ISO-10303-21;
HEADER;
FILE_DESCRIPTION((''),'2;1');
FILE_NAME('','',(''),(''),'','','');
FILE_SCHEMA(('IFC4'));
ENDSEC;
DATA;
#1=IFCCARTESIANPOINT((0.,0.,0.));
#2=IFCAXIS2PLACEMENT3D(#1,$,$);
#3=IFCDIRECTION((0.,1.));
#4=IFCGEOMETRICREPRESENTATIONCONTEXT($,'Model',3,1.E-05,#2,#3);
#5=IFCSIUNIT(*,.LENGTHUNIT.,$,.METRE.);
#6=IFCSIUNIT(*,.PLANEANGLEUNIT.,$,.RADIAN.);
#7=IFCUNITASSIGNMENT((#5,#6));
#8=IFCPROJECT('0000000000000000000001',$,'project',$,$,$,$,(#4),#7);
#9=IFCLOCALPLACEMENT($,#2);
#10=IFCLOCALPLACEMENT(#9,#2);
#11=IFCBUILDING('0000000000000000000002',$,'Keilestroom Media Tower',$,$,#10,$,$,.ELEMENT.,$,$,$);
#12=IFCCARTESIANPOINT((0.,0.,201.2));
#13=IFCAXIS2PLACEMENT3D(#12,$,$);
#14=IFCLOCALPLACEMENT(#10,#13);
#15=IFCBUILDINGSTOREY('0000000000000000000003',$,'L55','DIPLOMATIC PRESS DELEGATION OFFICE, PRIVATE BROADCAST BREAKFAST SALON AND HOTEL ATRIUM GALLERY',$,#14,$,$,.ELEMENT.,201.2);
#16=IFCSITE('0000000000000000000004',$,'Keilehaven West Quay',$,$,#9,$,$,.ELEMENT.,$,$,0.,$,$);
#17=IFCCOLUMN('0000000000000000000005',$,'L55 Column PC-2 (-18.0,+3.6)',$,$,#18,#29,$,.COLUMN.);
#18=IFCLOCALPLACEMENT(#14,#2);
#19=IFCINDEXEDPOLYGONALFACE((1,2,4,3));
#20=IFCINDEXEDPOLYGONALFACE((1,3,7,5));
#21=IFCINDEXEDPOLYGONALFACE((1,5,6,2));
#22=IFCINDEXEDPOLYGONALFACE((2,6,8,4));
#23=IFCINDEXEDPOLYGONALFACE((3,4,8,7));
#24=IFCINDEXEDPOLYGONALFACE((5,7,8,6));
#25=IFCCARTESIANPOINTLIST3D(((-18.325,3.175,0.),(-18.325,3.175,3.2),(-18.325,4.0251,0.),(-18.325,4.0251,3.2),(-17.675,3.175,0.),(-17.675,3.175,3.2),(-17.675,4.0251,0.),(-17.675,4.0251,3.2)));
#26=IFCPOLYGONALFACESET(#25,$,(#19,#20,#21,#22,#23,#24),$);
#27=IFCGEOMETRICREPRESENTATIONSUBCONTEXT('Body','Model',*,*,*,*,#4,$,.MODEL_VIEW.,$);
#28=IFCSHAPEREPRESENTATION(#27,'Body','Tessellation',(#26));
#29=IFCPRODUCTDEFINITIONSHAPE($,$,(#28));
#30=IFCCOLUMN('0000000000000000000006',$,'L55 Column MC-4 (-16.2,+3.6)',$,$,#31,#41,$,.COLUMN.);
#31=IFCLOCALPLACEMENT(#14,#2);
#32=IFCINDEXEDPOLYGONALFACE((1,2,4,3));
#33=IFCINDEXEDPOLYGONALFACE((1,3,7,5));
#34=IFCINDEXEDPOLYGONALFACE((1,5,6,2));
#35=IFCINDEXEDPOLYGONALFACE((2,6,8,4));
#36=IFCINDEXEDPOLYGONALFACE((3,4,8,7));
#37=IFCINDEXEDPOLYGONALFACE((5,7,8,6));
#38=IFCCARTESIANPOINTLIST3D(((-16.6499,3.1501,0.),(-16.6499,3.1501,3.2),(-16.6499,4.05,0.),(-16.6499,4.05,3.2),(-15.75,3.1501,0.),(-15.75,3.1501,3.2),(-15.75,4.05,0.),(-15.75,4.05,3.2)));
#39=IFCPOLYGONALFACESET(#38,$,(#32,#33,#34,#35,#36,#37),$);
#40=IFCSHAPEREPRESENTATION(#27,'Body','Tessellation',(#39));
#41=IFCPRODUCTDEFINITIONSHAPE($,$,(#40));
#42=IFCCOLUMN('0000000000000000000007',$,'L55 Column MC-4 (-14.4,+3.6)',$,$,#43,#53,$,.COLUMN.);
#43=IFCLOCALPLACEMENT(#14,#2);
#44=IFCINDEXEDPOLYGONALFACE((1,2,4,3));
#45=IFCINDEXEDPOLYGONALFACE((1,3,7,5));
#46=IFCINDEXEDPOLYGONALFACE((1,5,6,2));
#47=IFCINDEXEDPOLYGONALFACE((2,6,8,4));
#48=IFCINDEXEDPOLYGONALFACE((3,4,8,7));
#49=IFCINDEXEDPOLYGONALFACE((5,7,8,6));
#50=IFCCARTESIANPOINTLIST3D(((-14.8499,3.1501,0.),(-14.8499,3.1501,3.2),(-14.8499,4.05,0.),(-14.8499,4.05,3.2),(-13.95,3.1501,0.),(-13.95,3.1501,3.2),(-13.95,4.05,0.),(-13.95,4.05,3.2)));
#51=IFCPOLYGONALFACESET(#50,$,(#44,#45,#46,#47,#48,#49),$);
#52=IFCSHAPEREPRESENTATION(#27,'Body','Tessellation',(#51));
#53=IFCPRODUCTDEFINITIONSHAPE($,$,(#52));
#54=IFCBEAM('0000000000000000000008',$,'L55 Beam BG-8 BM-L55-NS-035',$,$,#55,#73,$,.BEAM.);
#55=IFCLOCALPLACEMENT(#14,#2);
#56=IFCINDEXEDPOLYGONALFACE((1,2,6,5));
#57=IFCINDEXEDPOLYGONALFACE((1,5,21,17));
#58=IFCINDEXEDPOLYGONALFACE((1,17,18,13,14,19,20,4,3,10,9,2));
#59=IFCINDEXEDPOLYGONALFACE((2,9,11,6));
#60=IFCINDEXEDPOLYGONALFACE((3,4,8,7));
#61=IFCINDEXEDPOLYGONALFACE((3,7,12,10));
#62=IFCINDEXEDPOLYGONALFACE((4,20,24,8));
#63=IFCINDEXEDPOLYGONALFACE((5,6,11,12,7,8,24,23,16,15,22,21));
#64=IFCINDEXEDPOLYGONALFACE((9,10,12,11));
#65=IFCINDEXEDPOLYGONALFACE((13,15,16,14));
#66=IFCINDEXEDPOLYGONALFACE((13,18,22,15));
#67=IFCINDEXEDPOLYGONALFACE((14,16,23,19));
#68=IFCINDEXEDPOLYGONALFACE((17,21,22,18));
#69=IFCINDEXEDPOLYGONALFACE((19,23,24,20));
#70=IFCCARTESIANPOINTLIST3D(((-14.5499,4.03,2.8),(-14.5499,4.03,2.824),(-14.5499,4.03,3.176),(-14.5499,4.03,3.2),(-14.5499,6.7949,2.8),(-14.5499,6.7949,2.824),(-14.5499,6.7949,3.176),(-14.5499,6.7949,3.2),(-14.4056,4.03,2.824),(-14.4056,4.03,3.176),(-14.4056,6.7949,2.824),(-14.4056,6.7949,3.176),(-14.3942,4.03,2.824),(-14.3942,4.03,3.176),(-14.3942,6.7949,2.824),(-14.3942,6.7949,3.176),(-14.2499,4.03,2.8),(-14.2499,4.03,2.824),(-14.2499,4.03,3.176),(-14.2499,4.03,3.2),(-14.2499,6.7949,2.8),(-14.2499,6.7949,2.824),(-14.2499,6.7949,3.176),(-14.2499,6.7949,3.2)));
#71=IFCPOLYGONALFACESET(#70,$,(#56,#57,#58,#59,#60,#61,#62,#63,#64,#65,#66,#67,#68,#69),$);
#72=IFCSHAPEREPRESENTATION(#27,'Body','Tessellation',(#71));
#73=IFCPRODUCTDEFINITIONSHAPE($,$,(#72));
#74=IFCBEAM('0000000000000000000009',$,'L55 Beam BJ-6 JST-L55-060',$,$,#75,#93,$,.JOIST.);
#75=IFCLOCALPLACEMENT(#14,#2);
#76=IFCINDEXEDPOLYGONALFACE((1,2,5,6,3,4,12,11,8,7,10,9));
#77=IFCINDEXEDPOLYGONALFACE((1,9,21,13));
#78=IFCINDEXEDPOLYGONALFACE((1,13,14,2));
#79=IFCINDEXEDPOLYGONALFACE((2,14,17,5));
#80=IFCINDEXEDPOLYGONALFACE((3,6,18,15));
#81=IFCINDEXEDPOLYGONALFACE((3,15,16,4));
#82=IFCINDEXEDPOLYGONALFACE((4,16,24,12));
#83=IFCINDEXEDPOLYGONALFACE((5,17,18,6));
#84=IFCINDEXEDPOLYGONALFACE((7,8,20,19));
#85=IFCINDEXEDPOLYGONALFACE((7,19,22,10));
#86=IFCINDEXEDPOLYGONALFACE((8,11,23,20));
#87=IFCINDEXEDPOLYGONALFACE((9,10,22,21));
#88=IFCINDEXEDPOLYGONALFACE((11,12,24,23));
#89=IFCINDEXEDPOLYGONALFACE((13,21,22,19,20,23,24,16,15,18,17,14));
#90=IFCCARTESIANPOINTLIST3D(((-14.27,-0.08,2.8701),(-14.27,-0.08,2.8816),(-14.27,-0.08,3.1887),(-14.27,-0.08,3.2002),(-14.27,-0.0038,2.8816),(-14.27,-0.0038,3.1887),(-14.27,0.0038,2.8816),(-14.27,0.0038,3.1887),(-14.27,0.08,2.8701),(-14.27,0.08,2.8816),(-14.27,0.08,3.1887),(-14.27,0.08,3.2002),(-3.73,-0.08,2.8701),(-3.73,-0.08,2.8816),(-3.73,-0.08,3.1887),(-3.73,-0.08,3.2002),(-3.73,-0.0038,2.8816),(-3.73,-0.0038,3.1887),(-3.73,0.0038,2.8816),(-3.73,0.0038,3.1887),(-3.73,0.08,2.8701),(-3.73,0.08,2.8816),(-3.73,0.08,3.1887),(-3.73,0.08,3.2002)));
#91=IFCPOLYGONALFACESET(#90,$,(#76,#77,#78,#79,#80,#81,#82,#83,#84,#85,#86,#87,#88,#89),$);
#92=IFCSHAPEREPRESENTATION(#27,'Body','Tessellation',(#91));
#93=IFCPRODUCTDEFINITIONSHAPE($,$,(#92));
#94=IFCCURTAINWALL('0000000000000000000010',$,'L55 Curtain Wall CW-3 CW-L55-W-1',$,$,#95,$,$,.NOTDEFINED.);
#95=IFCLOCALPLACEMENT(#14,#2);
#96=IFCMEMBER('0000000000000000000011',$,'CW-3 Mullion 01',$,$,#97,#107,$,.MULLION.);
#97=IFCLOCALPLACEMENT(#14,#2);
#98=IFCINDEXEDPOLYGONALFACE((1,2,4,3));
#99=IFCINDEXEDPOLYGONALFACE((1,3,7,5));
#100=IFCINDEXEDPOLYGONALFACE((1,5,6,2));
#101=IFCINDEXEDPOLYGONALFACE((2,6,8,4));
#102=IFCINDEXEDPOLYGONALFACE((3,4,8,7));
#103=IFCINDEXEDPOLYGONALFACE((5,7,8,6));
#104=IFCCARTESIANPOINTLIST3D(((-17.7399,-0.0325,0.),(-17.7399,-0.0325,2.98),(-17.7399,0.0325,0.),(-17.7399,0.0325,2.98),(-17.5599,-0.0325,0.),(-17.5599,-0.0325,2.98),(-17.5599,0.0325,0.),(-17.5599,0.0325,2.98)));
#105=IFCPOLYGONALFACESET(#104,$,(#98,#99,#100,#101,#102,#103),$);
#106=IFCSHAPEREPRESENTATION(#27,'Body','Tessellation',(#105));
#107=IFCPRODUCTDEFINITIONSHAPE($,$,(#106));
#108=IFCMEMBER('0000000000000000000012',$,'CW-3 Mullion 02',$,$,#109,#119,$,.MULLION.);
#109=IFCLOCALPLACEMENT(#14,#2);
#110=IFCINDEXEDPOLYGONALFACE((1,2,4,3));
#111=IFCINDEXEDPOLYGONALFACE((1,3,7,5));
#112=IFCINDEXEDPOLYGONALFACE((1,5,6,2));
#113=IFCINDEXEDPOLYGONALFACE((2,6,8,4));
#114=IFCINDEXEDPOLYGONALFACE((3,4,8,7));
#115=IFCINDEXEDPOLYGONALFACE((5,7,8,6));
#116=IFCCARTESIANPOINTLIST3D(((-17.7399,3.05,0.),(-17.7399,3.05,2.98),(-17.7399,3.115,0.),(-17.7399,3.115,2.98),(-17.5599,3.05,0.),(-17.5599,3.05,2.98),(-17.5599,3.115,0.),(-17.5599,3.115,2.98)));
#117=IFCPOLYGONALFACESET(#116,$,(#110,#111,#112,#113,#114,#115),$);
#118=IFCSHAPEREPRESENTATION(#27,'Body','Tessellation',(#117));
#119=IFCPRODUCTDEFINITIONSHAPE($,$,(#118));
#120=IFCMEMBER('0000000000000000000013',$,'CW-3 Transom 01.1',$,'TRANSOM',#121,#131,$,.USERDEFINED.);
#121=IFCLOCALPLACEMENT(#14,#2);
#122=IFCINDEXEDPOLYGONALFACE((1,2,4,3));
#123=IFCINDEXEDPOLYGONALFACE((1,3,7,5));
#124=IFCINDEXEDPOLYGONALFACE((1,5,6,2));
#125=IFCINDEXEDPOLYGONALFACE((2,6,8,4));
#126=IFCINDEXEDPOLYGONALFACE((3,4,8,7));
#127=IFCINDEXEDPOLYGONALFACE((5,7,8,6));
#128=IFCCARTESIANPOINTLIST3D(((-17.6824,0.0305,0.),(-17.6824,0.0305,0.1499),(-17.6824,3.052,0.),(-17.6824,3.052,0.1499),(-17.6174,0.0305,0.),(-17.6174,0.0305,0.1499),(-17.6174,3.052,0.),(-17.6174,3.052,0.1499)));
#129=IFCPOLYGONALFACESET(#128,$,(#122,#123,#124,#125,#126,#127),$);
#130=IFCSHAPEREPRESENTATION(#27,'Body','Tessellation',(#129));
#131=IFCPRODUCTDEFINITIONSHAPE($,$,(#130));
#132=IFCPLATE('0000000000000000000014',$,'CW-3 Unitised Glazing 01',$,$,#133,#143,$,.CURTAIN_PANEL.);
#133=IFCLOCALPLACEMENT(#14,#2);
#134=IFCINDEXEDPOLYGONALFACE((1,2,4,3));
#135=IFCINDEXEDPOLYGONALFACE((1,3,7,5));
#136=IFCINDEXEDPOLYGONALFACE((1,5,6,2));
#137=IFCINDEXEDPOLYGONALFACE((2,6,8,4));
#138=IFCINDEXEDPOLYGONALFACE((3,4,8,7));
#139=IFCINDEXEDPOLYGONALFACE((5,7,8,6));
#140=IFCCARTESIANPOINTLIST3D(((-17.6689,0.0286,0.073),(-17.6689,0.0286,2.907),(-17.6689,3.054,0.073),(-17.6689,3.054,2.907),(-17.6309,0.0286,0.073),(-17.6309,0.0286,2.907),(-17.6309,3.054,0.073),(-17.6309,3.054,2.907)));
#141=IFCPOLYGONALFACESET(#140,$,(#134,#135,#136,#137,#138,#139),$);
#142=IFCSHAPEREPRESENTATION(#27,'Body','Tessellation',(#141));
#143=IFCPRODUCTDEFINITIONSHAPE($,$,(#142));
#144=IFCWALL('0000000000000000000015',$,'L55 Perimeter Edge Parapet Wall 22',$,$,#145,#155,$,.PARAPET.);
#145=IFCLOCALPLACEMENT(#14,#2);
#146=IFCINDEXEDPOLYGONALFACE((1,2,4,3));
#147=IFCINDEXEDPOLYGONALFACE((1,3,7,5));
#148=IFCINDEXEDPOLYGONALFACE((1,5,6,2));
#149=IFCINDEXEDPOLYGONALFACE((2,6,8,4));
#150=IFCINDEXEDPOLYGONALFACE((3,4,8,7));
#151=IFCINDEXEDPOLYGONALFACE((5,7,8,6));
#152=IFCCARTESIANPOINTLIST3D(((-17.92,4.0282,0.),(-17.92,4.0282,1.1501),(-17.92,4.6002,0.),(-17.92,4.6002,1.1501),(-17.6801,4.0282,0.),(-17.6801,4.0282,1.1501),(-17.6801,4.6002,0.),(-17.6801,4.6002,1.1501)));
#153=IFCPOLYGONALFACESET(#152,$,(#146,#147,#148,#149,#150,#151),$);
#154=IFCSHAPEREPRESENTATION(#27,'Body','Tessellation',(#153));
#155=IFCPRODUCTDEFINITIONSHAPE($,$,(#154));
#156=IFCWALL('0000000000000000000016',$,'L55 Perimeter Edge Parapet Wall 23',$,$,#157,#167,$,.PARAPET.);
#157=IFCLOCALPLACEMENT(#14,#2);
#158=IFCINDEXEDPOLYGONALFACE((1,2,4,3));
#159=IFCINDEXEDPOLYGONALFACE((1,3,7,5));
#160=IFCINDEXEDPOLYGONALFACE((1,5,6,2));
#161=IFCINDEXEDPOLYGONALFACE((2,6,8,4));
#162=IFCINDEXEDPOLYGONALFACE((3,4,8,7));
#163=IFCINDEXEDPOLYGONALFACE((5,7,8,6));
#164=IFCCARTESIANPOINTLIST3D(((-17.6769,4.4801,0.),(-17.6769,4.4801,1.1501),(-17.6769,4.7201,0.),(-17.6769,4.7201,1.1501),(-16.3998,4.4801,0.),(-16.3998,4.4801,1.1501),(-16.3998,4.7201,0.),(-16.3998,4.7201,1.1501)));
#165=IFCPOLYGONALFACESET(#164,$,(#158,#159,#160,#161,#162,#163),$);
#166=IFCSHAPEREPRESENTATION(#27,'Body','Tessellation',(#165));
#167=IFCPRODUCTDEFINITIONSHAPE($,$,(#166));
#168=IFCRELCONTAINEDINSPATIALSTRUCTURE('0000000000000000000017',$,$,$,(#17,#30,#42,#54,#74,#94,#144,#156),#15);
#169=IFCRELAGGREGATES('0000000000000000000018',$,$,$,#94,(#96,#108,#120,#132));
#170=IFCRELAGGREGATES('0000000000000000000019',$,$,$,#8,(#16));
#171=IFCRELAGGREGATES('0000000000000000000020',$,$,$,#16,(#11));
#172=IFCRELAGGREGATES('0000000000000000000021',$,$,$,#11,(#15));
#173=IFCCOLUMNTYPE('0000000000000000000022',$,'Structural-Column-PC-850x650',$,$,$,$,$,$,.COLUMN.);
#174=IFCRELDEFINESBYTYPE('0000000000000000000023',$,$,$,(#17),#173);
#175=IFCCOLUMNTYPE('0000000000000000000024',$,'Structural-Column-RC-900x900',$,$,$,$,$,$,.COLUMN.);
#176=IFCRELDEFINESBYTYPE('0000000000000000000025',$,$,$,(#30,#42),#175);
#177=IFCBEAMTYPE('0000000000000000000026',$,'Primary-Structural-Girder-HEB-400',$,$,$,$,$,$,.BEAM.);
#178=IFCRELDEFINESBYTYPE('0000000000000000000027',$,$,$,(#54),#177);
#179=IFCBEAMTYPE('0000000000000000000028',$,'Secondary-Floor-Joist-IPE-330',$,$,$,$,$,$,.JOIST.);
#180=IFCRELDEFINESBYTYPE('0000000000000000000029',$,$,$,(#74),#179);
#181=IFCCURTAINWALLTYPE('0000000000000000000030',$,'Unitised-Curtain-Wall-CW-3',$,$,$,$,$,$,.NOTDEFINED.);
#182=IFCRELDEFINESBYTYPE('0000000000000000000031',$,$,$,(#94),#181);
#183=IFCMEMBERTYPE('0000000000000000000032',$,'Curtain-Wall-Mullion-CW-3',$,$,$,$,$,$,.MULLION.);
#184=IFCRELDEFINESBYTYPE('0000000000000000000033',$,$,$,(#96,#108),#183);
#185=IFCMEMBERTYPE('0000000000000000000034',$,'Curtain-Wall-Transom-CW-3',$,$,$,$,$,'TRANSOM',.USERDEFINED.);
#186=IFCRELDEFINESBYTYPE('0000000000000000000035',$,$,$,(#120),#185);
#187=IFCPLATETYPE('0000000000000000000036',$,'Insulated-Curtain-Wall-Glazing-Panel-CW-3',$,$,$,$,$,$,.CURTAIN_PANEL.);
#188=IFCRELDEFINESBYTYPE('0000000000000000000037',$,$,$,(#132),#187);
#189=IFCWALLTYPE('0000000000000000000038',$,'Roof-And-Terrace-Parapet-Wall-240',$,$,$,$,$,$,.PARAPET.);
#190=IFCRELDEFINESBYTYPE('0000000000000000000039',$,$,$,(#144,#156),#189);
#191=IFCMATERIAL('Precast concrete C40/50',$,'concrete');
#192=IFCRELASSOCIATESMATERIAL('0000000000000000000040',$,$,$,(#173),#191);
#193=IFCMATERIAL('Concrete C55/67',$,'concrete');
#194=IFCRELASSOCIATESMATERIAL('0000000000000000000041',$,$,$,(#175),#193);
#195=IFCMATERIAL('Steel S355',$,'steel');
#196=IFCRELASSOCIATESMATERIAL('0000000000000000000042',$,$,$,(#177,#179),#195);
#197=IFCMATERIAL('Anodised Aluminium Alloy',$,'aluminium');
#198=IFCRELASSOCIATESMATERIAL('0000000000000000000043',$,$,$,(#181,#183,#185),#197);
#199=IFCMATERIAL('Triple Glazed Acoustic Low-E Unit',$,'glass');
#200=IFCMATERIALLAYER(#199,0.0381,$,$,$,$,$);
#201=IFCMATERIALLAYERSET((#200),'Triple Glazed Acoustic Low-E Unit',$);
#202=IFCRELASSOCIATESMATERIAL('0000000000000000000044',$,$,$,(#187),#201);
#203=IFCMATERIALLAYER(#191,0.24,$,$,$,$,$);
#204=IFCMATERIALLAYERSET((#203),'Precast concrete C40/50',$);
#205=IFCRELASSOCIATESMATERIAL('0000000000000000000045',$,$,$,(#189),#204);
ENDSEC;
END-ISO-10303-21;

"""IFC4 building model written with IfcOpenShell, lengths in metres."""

from ifc_helpers import new_model, si_unit, direction, frame, frame_2d, origin, origin_2d, place, context, subcontext, project, spatial, rectangle, i_section, extrude, source, transform, mapped, material, layer, layer_set, material_profile, profile_set, type_object, element, aggregate, save


model = new_model("IFC4")

# Units and contexts
model_context = context("Model", 3, precision=1e-05, world=origin(), true_north=direction((0.0, 1.0)))
body_context = subcontext(model_context, "Body", "Model", "MODEL_VIEW")
ifc_project = project(units=[si_unit("LENGTHUNIT", "METRE"), si_unit("PLANEANGLEUNIT", "RADIAN")], contexts=[model_context])

# Site, building, storey
site_placement = place(None, origin())
site = spatial("IfcSite", under=ifc_project, at=site_placement, Name="Keilehaven West Quay", CompositionType="ELEMENT", RefElevation=0.0)
building_placement = place(site_placement, origin())
building = spatial("IfcBuilding", under=site, at=building_placement, Name="Keilestroom Media Tower", CompositionType="ELEMENT")
storey_placement = place(building_placement, frame((0.0, 0.0, 201.2)))
storey = spatial("IfcBuildingStorey", under=building, at=storey_placement, Name="L55", Description="DIPLOMATIC PRESS DELEGATION OFFICE, PRIVATE BROADCAST BREAKFAST SALON AND HOTEL ATRIUM GALLERY", CompositionType="ELEMENT", Elevation=201.2)

# Columns
ifc_material_1 = material(Name="Precast concrete C40/50", Category="concrete")
ifc_material_profile_1 = material_profile(ifc_material_1, rectangle(XDim=0.6499, YDim=0.8501, at=origin_2d()), Name="PC 850x650")
ifc_profile_set_1 = profile_set([ifc_material_profile_1], Name="Precast concrete C40/50")
column_type_1 = type_object("IfcColumnType", Name="Structural-Column-PC-850x650", PredefinedType="COLUMN", material=ifc_profile_set_1)
shared_shape_1 = source(origin(), body_context, "Body", "SweptSolid", [
    extrude(rectangle(XDim=0.6499, YDim=0.8501, at=origin_2d()), origin(), (0.0, 0.0, 1.0), 3.2),
])
column_placement = place(storey_placement, frame((-18.0, 3.6001, 0.0), z_axis=(0.0, 0.0, 1.0), x_axis=(1.0, 0.0, 0.0)))
element("IfcColumn", 1, at=column_placement, inside=storey, type_object=column_type_1, Name="L55 Column PC-2 (-18.0,+3.6)", PredefinedType="COLUMN", context=body_context, shape_type="MappedRepresentation", body=[
    mapped(shared_shape_1, transform((0.0, 0.0, 0.0), x_axis=(1.0, 0.0, 0.0), y_axis=(0.0, 1.0, 0.0), z_axis=(0.0, 0.0, 1.0), scale=1.0)),
])
ifc_material_2 = material(Name="Concrete C55/67", Category="concrete")
ifc_material_profile_2 = material_profile(ifc_material_2, rectangle(XDim=0.8999, YDim=0.8999, at=origin_2d()), Name="RC 900x900")
ifc_profile_set_2 = profile_set([ifc_material_profile_2], Name="Concrete C55/67")
column_type_2 = type_object("IfcColumnType", Name="Structural-Column-RC-900x900", PredefinedType="COLUMN", material=ifc_profile_set_2)
shared_shape_2 = source(origin(), body_context, "Body", "SweptSolid", [
    extrude(rectangle(XDim=0.8999, YDim=0.8999, at=origin_2d()), origin(), (0.0, 0.0, 1.0), 3.2),
])
for number, where, z_axis, x_axis, name in (
    (2, (-16.2, 3.6001, 0.0), (0.0, 0.0, 1.0), (1.0, 0.0, 0.0), "L55 Column MC-4 (-16.2,+3.6)"),
    (3, (-14.3999, 3.6001, 0.0), (0.0, 0.0, 1.0), (1.0, 0.0, 0.0), "L55 Column MC-4 (-14.4,+3.6)"),
):
    element("IfcColumn", number, at=place(storey_placement, frame(where, z_axis=z_axis, x_axis=x_axis)), inside=storey, type_object=column_type_2, Name=name, PredefinedType="COLUMN", context=body_context, shape_type="MappedRepresentation", body=[
        mapped(shared_shape_2, transform((0.0, 0.0, 0.0), x_axis=(1.0, 0.0, 0.0), y_axis=(0.0, 1.0, 0.0), z_axis=(0.0, 0.0, 1.0), scale=1.0)),
    ])

# Beams
ifc_material_3 = material(Name="Steel S355", Category="steel")
ifc_material_profile_3 = material_profile(ifc_material_3, i_section(OverallWidth=0.3, OverallDepth=0.3999, WebThickness=0.0115, FlangeThickness=0.0239, at=origin_2d()), Name="HEB 400")
ifc_profile_set_3 = profile_set([ifc_material_profile_3], Name="Steel S355")
beam_type_1 = type_object("IfcBeamType", Name="Primary-Structural-Girder-HEB-400", PredefinedType="BEAM", material=ifc_profile_set_3)
shared_shape_3 = source(origin(), body_context, "Body", "SweptSolid", [
    extrude(i_section(OverallWidth=0.3, OverallDepth=0.3999, WebThickness=0.0115, FlangeThickness=0.0239, at=origin_2d()), origin(), (0.0, 0.0, 1.0), 2.7649),
])
beam_1_placement = place(storey_placement, frame((-14.3999, 4.03, 3.0), z_axis=(0.0, 1.0, 0.0), x_axis=(-1.0, 0.0, 0.0)))
element("IfcBeam", 4, at=beam_1_placement, inside=storey, type_object=beam_type_1, Name="L55 Beam BG-8 BM-L55-NS-035", PredefinedType="BEAM", context=body_context, shape_type="MappedRepresentation", body=[
    mapped(shared_shape_3, transform((0.0, 0.0, 0.0), x_axis=(1.0, 0.0, 0.0), y_axis=(0.0, 1.0, 0.0), z_axis=(0.0, 0.0, 1.0), scale=1.0)),
])
ifc_material_profile_4 = material_profile(ifc_material_3, i_section(OverallWidth=0.1599, OverallDepth=0.3301, WebThickness=0.0076, FlangeThickness=0.0115, at=origin_2d()), Name="IPE 330")
ifc_profile_set_4 = profile_set([ifc_material_profile_4], Name="Steel S355")
beam_type_2 = type_object("IfcBeamType", Name="Secondary-Floor-Joist-IPE-330", PredefinedType="JOIST", material=ifc_profile_set_4)
shared_shape_4 = source(origin(), body_context, "Body", "SweptSolid", [
    extrude(i_section(OverallWidth=0.1599, OverallDepth=0.3301, WebThickness=0.0076, FlangeThickness=0.0115, at=origin_2d()), origin(), (0.0, 0.0, 1.0), 10.54),
])
beam_2_placement = place(storey_placement, frame((-14.27, 0.0, 3.0352), z_axis=(1.0, 0.0, 0.0), x_axis=(0.0, 1.0, 0.0)))
element("IfcBeam", 5, at=beam_2_placement, inside=storey, type_object=beam_type_2, Name="L55 Beam BJ-6 JST-L55-060", PredefinedType="JOIST", context=body_context, shape_type="MappedRepresentation", body=[
    mapped(shared_shape_4, transform((0.0, 0.0, 0.0), x_axis=(1.0, 0.0, 0.0), y_axis=(0.0, 1.0, 0.0), z_axis=(0.0, 0.0, 1.0), scale=1.0)),
])

# Curtain wall, members, plate
ifc_material_4 = material(Name="Anodised Aluminium Alloy", Category="aluminium")
curtain_wall_type = type_object("IfcCurtainWallType", Name="Unitised-Curtain-Wall-CW-3", PredefinedType="NOTDEFINED", material=ifc_material_4)
curtain_wall_placement = place(storey_placement, origin())
curtain_wall = element("IfcCurtainWall", 6, at=curtain_wall_placement, inside=storey, type_object=curtain_wall_type, Name="L55 Curtain Wall CW-3 CW-L55-W-1", PredefinedType="NOTDEFINED")
ifc_material_profile_5 = material_profile(ifc_material_4, rectangle(XDim=0.0649, YDim=0.1799, at=origin_2d()), Name="ALU MULLION 65x180")
ifc_profile_set_5 = profile_set([ifc_material_profile_5], Name="Anodised Aluminium Alloy")
member_type_1 = type_object("IfcMemberType", Name="Curtain-Wall-Mullion-CW-3", PredefinedType="MULLION", material=ifc_profile_set_5)
shared_shape_5 = source(origin(), body_context, "Body", "SweptSolid", [
    extrude(rectangle(XDim=0.0649, YDim=0.1799, at=origin_2d()), origin(), (0.0, 0.0, 1.0), 2.98),
])
member_1_placement = place(storey_placement, frame((-17.6499, 0.0, 0.0), z_axis=(0.0, 0.0, 1.0), x_axis=(0.0, 1.0, 0.0)))
member_1 = element("IfcMember", 7, at=member_1_placement, type_object=member_type_1, Name="CW-3 Mullion 01", PredefinedType="MULLION", context=body_context, shape_type="MappedRepresentation", body=[
    mapped(shared_shape_5, transform((0.0, 0.0, 0.0), x_axis=(1.0, 0.0, 0.0), y_axis=(0.0, 1.0, 0.0), z_axis=(0.0, 0.0, 1.0), scale=1.0)),
])
member_2_placement = place(storey_placement, frame((-17.6499, 3.0825, 0.0), z_axis=(0.0, 0.0, 1.0), x_axis=(0.0, 1.0, 0.0)))
member_2 = element("IfcMember", 8, at=member_2_placement, type_object=member_type_1, Name="CW-3 Mullion 02", PredefinedType="MULLION", context=body_context, shape_type="MappedRepresentation", body=[
    mapped(shared_shape_5, transform((0.0, 0.0, 0.0), x_axis=(1.0, 0.0, 0.0), y_axis=(0.0, 1.0, 0.0), z_axis=(0.0, 0.0, 1.0), scale=1.0)),
])
ifc_material_profile_6 = material_profile(ifc_material_4, rectangle(XDim=0.0649, YDim=0.1499, at=origin_2d()), Name="ALU TRANSOM 65x150")
ifc_profile_set_6 = profile_set([ifc_material_profile_6], Name="Anodised Aluminium Alloy")
member_type_2 = type_object("IfcMemberType", Name="Curtain-Wall-Transom-CW-3", ElementType="TRANSOM", PredefinedType="USERDEFINED", material=ifc_profile_set_6)
shared_shape_6 = source(origin(), body_context, "Body", "SweptSolid", [
    extrude(rectangle(XDim=0.0649, YDim=0.1499, at=origin_2d()), origin(), (0.0, 0.0, 1.0), 3.0215),
])
member_3_placement = place(storey_placement, frame((-17.6499, 0.0305, 0.075), z_axis=(0.0, 1.0, 0.0), x_axis=(-1.0, 0.0, 0.0)))
member_3 = element("IfcMember", 9, at=member_3_placement, type_object=member_type_2, Name="CW-3 Transom 01.1", ObjectType="TRANSOM", PredefinedType="USERDEFINED", context=body_context, shape_type="MappedRepresentation", body=[
    mapped(shared_shape_6, transform((0.0, 0.0, 0.0), x_axis=(1.0, 0.0, 0.0), y_axis=(0.0, 1.0, 0.0), z_axis=(0.0, 0.0, 1.0), scale=1.0)),
])
ifc_material_5 = material(Name="Triple Glazed Acoustic Low-E Unit", Category="glass")
ifc_layer_1 = layer(ifc_material_5, 0.0381)
ifc_layer_set_1 = layer_set([ifc_layer_1], Name="Triple Glazed Acoustic Low-E Unit")
plate_type = type_object("IfcPlateType", Name="Insulated-Curtain-Wall-Glazing-Panel-CW-3", PredefinedType="CURTAIN_PANEL", material=ifc_layer_set_1)
shared_shape_7 = source(origin(), body_context, "Body", "SweptSolid", [
    extrude(rectangle(XDim=3.0254, YDim=0.0381, at=origin_2d()), origin(), (0.0, 0.0, 1.0), 2.834),
])
plate_placement = place(storey_placement, frame((-17.6499, 1.5413, 0.073), z_axis=(0.0, 0.0, 1.0), x_axis=(0.0, 1.0, 0.0)))
plate = element("IfcPlate", 10, at=plate_placement, type_object=plate_type, Name="CW-3 Unitised Glazing 01", PredefinedType="CURTAIN_PANEL", context=body_context, shape_type="MappedRepresentation", body=[
    mapped(shared_shape_7, transform((0.0, 0.0, 0.0), x_axis=(1.0, 0.0, 0.0), y_axis=(0.0, 1.0, 0.0), z_axis=(0.0, 0.0, 1.0), scale=1.0)),
])
aggregate(curtain_wall, [member_1, member_2, member_3, plate])

# Walls
ifc_layer_2 = layer(ifc_material_1, 0.24)
ifc_layer_set_2 = layer_set([ifc_layer_2], Name="Precast concrete C40/50")
wall_type = type_object("IfcWallType", Name="Roof-And-Terrace-Parapet-Wall-240", PredefinedType="PARAPET", material=ifc_layer_set_2)
wall_1_placement = place(storey_placement, frame((-17.8, 4.0281, 0.0), z_axis=(0.0, 0.0, 1.0), x_axis=(0.0, 1.0, 0.0)))
element("IfcWall", 11, at=wall_1_placement, inside=storey, type_object=wall_type, Name="L55 Perimeter Edge Parapet Wall 22", PredefinedType="PARAPET", context=body_context, shape_type="SweptSolid", body=[
    extrude(rectangle(XDim=0.572, YDim=0.24, at=frame_2d((0.2861, 0.0))), origin(), (0.0, 0.0, 1.0), 1.1501),
])
wall_2_placement = place(storey_placement, frame((-17.677, 4.6001, 0.0), z_axis=(0.0, 0.0, 1.0), x_axis=(1.0, 0.0, 0.0)))
element("IfcWall", 12, at=wall_2_placement, inside=storey, type_object=wall_type, Name="L55 Perimeter Edge Parapet Wall 23", PredefinedType="PARAPET", context=body_context, shape_type="SweptSolid", body=[
    extrude(rectangle(XDim=1.2771, YDim=0.24, at=frame_2d((0.6387, 0.0))), origin(), (0.0, 0.0, 1.0), 1.1501),
])

save(model, "model.ifc")
